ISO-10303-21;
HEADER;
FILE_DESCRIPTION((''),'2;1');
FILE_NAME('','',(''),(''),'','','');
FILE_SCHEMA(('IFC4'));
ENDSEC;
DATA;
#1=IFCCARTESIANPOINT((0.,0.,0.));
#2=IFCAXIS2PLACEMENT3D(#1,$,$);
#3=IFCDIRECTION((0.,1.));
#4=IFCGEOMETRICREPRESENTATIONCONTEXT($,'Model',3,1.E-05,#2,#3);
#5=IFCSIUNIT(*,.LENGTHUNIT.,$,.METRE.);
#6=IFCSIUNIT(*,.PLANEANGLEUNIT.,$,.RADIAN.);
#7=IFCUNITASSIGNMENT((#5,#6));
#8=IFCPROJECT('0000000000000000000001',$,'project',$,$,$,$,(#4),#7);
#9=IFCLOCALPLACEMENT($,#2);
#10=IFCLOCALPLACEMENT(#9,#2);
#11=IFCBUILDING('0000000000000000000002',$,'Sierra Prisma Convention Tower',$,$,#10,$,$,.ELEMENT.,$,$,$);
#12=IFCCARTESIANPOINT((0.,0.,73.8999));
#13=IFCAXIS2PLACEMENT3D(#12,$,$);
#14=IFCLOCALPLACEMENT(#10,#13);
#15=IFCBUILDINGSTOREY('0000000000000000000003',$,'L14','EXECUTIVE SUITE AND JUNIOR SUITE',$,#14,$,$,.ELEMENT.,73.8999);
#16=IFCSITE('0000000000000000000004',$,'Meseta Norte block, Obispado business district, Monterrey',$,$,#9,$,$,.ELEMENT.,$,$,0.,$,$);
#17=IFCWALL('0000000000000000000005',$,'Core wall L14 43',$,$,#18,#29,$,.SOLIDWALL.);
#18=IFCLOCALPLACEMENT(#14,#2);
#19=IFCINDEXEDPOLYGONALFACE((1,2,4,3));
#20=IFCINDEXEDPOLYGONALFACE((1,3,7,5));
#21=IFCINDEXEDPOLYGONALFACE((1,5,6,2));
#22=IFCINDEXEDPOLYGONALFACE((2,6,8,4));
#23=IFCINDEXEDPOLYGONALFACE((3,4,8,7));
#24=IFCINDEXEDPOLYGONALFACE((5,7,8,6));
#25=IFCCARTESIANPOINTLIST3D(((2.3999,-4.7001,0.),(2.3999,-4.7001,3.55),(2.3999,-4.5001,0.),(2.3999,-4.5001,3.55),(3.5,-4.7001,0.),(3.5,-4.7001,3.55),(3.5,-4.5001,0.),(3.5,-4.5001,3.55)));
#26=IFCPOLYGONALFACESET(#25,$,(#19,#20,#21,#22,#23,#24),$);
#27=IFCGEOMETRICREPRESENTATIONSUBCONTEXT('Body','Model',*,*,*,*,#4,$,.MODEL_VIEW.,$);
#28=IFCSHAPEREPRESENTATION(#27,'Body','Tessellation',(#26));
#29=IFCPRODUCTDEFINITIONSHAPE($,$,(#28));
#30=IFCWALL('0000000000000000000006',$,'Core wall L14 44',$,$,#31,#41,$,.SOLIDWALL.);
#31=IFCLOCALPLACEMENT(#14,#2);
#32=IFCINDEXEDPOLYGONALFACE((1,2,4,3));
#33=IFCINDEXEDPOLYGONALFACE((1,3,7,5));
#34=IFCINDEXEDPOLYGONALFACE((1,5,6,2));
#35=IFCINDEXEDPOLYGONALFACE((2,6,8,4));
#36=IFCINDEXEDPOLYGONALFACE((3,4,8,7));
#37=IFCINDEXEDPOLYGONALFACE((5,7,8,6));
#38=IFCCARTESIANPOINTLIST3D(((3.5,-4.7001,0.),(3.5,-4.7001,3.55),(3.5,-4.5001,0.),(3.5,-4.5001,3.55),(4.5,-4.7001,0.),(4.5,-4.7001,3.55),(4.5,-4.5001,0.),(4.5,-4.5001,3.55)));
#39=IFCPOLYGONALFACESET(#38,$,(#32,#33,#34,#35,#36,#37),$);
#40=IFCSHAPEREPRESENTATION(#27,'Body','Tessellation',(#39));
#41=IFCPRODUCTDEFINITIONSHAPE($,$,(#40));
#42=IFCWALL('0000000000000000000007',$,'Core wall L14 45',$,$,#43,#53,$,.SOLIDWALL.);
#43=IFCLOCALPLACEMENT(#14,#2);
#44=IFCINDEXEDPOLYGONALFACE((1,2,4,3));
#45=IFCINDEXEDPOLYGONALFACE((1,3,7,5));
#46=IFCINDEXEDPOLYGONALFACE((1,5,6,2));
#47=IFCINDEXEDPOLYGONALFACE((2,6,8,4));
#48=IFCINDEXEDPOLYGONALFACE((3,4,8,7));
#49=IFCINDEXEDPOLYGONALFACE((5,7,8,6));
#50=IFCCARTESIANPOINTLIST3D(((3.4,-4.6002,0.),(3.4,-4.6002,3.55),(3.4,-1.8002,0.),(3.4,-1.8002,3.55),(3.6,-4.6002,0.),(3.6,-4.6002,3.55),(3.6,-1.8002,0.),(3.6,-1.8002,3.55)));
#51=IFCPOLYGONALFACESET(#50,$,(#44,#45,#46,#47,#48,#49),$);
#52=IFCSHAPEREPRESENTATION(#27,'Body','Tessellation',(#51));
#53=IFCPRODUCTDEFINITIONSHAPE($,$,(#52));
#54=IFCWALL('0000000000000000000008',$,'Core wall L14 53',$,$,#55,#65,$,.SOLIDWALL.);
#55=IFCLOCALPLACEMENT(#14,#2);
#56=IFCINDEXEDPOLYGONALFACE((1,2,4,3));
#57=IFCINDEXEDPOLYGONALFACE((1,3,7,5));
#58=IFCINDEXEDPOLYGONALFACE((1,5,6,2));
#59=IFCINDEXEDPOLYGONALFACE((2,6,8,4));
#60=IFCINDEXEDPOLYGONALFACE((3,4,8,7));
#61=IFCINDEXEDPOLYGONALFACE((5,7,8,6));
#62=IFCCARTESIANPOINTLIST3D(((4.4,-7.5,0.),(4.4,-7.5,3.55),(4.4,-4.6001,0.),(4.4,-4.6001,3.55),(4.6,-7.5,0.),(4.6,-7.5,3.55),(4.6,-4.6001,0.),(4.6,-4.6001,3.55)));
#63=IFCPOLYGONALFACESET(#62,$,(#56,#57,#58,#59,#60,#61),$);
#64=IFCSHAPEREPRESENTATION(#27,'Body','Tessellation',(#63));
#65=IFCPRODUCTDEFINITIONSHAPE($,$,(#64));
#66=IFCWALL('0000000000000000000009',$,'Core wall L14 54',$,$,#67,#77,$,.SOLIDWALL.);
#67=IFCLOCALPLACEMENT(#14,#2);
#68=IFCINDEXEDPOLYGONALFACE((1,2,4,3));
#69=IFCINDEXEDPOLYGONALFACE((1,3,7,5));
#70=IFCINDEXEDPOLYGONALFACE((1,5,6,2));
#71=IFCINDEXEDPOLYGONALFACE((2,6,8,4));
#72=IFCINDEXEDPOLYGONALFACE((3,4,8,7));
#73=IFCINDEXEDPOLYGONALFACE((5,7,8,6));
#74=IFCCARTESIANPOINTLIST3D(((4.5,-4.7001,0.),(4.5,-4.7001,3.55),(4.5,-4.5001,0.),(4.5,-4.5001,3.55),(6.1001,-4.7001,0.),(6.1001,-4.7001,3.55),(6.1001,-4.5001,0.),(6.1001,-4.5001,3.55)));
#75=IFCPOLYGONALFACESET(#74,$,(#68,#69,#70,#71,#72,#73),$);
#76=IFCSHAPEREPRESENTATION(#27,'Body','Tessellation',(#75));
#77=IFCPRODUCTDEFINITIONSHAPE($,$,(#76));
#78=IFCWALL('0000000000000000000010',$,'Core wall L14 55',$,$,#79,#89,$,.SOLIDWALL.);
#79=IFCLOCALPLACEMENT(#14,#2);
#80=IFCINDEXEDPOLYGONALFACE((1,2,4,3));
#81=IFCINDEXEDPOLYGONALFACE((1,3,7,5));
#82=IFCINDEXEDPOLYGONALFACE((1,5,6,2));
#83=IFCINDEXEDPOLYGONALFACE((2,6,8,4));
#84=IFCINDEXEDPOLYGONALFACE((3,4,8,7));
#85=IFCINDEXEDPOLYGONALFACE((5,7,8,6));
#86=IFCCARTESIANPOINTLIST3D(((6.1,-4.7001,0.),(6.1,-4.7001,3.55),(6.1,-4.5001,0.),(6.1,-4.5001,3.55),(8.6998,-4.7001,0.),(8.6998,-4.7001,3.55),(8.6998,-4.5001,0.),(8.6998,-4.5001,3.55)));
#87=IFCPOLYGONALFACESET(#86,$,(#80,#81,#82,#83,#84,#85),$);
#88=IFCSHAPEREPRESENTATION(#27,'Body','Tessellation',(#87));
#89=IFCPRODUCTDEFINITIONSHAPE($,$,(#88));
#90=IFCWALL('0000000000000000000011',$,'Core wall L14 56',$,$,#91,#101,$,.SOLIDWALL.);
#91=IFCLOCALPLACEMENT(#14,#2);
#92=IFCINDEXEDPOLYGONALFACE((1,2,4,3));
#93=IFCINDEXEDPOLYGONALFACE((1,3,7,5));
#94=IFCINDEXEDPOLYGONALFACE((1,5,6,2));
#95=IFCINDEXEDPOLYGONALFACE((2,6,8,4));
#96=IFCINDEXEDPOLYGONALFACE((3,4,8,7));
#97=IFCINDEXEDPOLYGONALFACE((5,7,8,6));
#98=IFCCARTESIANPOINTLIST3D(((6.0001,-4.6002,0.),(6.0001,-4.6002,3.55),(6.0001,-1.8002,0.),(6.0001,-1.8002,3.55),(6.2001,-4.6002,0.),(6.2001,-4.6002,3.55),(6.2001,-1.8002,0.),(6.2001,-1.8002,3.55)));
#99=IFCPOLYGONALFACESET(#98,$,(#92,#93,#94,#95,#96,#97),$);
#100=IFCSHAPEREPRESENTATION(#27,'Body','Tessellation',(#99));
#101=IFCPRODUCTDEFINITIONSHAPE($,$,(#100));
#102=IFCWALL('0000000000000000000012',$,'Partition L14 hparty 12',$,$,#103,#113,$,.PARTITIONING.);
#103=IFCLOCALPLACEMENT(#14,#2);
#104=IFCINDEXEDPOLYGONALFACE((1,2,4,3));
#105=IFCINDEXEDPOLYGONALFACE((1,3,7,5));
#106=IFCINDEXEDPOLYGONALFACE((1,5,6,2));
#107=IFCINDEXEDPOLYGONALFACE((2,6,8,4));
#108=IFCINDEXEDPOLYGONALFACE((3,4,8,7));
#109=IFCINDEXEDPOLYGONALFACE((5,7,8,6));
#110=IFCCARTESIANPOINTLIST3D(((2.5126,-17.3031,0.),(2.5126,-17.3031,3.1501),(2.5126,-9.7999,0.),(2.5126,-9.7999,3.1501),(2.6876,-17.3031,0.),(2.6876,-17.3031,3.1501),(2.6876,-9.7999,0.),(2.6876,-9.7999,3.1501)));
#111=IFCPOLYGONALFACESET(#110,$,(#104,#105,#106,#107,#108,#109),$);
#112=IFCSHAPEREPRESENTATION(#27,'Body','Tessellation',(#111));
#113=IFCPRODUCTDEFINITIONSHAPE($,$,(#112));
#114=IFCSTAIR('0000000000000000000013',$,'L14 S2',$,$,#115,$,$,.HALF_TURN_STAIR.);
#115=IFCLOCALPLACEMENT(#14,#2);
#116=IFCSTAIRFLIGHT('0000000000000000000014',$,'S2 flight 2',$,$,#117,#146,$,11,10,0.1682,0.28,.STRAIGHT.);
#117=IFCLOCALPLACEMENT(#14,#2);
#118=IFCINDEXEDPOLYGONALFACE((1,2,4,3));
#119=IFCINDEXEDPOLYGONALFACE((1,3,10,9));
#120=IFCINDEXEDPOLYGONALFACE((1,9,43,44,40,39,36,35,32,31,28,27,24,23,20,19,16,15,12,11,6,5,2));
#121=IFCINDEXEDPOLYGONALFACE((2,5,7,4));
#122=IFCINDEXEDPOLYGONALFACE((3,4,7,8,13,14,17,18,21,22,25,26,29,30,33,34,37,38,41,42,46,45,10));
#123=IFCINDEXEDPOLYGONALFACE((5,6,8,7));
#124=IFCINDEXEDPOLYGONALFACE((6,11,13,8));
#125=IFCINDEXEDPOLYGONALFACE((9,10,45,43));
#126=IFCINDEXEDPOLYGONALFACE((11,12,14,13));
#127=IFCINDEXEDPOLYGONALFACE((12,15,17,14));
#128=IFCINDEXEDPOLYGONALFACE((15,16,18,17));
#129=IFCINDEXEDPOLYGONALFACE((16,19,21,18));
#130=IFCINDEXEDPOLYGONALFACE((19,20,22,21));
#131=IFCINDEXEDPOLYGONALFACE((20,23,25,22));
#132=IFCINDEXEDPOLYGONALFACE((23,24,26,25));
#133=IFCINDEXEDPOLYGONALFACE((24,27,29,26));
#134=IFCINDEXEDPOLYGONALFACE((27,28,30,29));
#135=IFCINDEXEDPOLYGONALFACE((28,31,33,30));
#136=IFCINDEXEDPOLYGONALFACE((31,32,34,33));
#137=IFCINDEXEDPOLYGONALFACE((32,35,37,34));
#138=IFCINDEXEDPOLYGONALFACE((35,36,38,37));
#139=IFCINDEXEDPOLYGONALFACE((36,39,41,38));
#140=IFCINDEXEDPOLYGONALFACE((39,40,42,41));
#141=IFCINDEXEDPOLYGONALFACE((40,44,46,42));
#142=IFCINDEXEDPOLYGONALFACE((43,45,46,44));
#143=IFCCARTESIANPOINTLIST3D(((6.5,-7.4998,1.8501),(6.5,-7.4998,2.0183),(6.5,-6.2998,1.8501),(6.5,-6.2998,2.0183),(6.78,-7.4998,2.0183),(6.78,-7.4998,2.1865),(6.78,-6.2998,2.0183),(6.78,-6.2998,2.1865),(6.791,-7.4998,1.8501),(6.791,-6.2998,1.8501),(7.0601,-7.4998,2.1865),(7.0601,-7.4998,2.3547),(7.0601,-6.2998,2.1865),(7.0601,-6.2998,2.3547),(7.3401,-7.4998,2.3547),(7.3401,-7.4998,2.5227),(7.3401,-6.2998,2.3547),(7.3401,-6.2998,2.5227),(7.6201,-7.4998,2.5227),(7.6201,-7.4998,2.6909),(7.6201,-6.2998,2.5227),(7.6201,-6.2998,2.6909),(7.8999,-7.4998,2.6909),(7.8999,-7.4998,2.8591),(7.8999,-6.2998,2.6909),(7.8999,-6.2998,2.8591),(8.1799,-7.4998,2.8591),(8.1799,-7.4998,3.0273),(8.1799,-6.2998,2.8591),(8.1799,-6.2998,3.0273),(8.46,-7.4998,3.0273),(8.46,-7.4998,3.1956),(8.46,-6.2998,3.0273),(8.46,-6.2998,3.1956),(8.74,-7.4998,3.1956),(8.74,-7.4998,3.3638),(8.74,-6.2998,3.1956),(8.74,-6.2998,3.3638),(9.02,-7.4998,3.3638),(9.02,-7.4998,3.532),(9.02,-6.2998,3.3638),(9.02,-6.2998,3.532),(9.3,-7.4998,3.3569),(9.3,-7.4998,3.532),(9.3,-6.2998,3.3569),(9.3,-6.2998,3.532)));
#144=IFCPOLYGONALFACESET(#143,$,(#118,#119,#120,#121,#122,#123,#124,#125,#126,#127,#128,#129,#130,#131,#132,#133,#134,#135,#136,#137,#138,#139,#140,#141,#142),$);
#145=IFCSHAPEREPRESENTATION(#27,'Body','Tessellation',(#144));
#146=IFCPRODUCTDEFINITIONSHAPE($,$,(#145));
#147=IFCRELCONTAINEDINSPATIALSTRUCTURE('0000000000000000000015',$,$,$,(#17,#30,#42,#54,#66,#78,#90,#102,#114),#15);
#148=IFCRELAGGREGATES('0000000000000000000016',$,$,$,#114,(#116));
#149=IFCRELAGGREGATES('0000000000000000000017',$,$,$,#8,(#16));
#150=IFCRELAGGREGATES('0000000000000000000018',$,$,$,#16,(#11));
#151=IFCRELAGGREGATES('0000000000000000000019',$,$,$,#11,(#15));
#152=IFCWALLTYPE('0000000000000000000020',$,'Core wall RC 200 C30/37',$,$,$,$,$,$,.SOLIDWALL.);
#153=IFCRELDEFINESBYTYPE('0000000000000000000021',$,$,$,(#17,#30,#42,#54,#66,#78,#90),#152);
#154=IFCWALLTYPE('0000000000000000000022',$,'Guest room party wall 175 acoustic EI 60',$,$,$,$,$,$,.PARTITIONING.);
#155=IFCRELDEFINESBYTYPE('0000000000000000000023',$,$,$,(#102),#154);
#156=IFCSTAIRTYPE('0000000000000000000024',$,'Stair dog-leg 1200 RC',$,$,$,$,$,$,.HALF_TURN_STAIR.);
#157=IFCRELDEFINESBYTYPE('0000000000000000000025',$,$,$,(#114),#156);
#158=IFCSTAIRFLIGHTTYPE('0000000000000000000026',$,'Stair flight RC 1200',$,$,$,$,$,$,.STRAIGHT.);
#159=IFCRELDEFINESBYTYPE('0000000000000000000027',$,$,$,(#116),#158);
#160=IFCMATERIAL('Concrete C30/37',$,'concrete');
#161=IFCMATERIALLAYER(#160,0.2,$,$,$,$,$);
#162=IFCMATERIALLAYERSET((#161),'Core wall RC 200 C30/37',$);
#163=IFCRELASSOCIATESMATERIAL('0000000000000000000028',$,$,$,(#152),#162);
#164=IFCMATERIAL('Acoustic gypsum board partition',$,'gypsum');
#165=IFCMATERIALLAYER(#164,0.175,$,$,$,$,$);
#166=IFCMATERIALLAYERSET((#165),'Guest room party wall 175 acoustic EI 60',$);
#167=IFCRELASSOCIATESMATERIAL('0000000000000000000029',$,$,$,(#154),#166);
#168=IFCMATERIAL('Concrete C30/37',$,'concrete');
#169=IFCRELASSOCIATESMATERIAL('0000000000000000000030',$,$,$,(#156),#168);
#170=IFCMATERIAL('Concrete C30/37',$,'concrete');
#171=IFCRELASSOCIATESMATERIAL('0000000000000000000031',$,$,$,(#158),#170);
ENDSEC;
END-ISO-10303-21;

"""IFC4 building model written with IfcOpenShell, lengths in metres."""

from ifc_helpers import new_model, si_unit, direction, frame, frame_2d, origin, place, context, subcontext, project, spatial, polyline, rectangle, outline, extrude, material, layer, layer_set, type_object, element, aggregate, save


model = new_model("IFC4")

# Units and contexts
model_context = context("Model", 3, precision=1e-05, world=origin(), true_north=direction((0.0, 1.0)))
body_context = subcontext(model_context, "Body", "Model", "MODEL_VIEW")
ifc_project = project(units=[si_unit("LENGTHUNIT", "METRE"), si_unit("PLANEANGLEUNIT", "RADIAN")], contexts=[model_context])

# Site, building, storey
site_placement = place(None, origin())
site = spatial("IfcSite", under=ifc_project, at=site_placement, Name="Meseta Norte block, Obispado business district, Monterrey", CompositionType="ELEMENT", RefElevation=0.0)
building_placement = place(site_placement, origin())
building = spatial("IfcBuilding", under=site, at=building_placement, Name="Sierra Prisma Convention Tower", CompositionType="ELEMENT")
storey_placement = place(building_placement, frame((0.0, 0.0, 73.8999)))
storey = spatial("IfcBuildingStorey", under=building, at=storey_placement, Name="L14", Description="EXECUTIVE SUITE AND JUNIOR SUITE", CompositionType="ELEMENT", Elevation=73.8999)

# Shared definitions
ifc_material_1 = material(Name="Concrete C30/37", Category="concrete")
ifc_layer_1 = layer(ifc_material_1, 0.2)
ifc_layer_set_1 = layer_set([ifc_layer_1], Name="Core wall RC 200 C30/37")
wall_type_1 = type_object("IfcWallType", Name="Core wall RC 200 C30/37", PredefinedType="SOLIDWALL", material=ifc_layer_set_1)

# Walls
wall_1_placement = place(storey_placement, frame((3.5, -4.6001, 0.0), z_axis=(0.0, 0.0, 1.0), x_axis=(-1.0, 0.0, 0.0)))
element("IfcWall", 1, at=wall_1_placement, inside=storey, type_object=wall_type_1, Name="Core wall L14 43", PredefinedType="SOLIDWALL", context=body_context, shape_type="SweptSolid", body=[
    extrude(rectangle(XDim=1.1001, YDim=0.2, at=frame_2d((0.55, 0.0))), origin(), (0.0, 0.0, 1.0), 3.55),
])
wall_2_placement = place(storey_placement, frame((4.5, -4.6001, 0.0), z_axis=(0.0, 0.0, 1.0), x_axis=(-1.0, 0.0, 0.0)))
element("IfcWall", 2, at=wall_2_placement, inside=storey, type_object=wall_type_1, Name="Core wall L14 44", PredefinedType="SOLIDWALL", context=body_context, shape_type="SweptSolid", body=[
    extrude(rectangle(XDim=1.0, YDim=0.2, at=frame_2d((0.5, 0.0))), origin(), (0.0, 0.0, 1.0), 3.55),
])
wall_3_placement = place(storey_placement, frame((3.5, -4.6001, 0.0), z_axis=(0.0, 0.0, 1.0), x_axis=(0.0, 1.0, 0.0)))
element("IfcWall", 3, at=wall_3_placement, inside=storey, type_object=wall_type_1, Name="Core wall L14 45", PredefinedType="SOLIDWALL", context=body_context, shape_type="SweptSolid", body=[
    extrude(rectangle(XDim=2.8, YDim=0.2, at=frame_2d((1.3999, 0.0))), origin(), (0.0, 0.0, 1.0), 3.55),
])

# Walls
wall_4_placement = place(storey_placement, frame((4.5, -7.5, 0.0), z_axis=(0.0, 0.0, 1.0), x_axis=(0.0, 1.0, 0.0)))
element("IfcWall", 4, at=wall_4_placement, inside=storey, type_object=wall_type_1, Name="Core wall L14 53", PredefinedType="SOLIDWALL", context=body_context, shape_type="SweptSolid", body=[
    extrude(rectangle(XDim=2.8999, YDim=0.2, at=frame_2d((1.45, 0.0))), origin(), (0.0, 0.0, 1.0), 3.55),
])
wall_5_placement = place(storey_placement, frame((4.5, -4.6001, 0.0), z_axis=(0.0, 0.0, 1.0), x_axis=(1.0, 0.0, 0.0)))
element("IfcWall", 5, at=wall_5_placement, inside=storey, type_object=wall_type_1, Name="Core wall L14 54", PredefinedType="SOLIDWALL", context=body_context, shape_type="SweptSolid", body=[
    extrude(rectangle(XDim=1.6001, YDim=0.2, at=frame_2d((0.8, 0.0))), origin(), (0.0, 0.0, 1.0), 3.55),
])
wall_6_placement = place(storey_placement, frame((6.1001, -4.6001, 0.0), z_axis=(0.0, 0.0, 1.0), x_axis=(1.0, 0.0, 0.0)))
element("IfcWall", 6, at=wall_6_placement, inside=storey, type_object=wall_type_1, Name="Core wall L14 55", PredefinedType="SOLIDWALL", context=body_context, shape_type="SweptSolid", body=[
    extrude(rectangle(XDim=2.5999, YDim=0.2, at=frame_2d((1.2998, 0.0))), origin(), (0.0, 0.0, 1.0), 3.55),
])
wall_7_placement = place(storey_placement, frame((6.1001, -4.6001, 0.0), z_axis=(0.0, 0.0, 1.0), x_axis=(0.0, 1.0, 0.0)))
element("IfcWall", 7, at=wall_7_placement, inside=storey, type_object=wall_type_1, Name="Core wall L14 56", PredefinedType="SOLIDWALL", context=body_context, shape_type="SweptSolid", body=[
    extrude(rectangle(XDim=2.8, YDim=0.2, at=frame_2d((1.3999, 0.0))), origin(), (0.0, 0.0, 1.0), 3.55),
])
ifc_material_2 = material(Name="Acoustic gypsum board partition", Category="gypsum")
ifc_layer_2 = layer(ifc_material_2, 0.175)
ifc_layer_set_2 = layer_set([ifc_layer_2], Name="Guest room party wall 175 acoustic EI 60")
wall_type_2 = type_object("IfcWallType", Name="Guest room party wall 175 acoustic EI 60", PredefinedType="PARTITIONING", material=ifc_layer_set_2)
wall_8_placement = place(storey_placement, frame((2.6001, -9.8, 0.0), z_axis=(0.0, 0.0, 1.0), x_axis=(0.0, -1.0, 0.0)))
element("IfcWall", 8, at=wall_8_placement, inside=storey, type_object=wall_type_2, Name="Partition L14 hparty 12", PredefinedType="PARTITIONING", context=body_context, shape_type="SweptSolid", body=[
    extrude(rectangle(XDim=7.5032, YDim=0.175, at=frame_2d((3.7515, 0.0))), origin(), (0.0, 0.0, 1.0), 3.1501),
])

# Stair, stair flight
ifc_material_3 = material(Name="Concrete C30/37", Category="concrete")
stair_type = type_object("IfcStairType", Name="Stair dog-leg 1200 RC", PredefinedType="HALF_TURN_STAIR", material=ifc_material_3)
stair_placement = place(storey_placement, origin())
stair = element("IfcStair", 9, at=stair_placement, inside=storey, type_object=stair_type, Name="L14 S2", PredefinedType="HALF_TURN_STAIR")
ifc_material_4 = material(Name="Concrete C30/37", Category="concrete")
stair_flight_type = type_object("IfcStairFlightType", Name="Stair flight RC 1200", PredefinedType="STRAIGHT", material=ifc_material_4)
stair_flight_placement = place(storey_placement, frame((6.5, -6.8999, 1.8501), z_axis=(0.0, 0.0, 1.0), x_axis=(1.0, 0.0, 0.0)))
stair_flight = element("IfcStairFlight", 10, at=stair_flight_placement, type_object=stair_flight_type, Name="S2 flight 2", NumberOfRisers=11, NumberOfTreads=10, PredefinedType="STRAIGHT", RiserHeight=0.1682, TreadLength=0.28, context=body_context, shape_type="SweptSolid", body=[
    extrude(outline(polyline([(0.0, 0.0), (0.0, 0.1682), (0.28, 0.1682), (0.28, 0.3364), (0.5601, 0.3364), (0.5601, 0.5046), (0.8401, 0.5046), (0.8401, 0.6726), (1.1201, 0.6726), (1.1201, 0.8408), (1.3999, 0.8408), (1.3999, 1.009), (1.6799, 1.009), (1.6799, 1.1772), (1.96, 1.1772), (1.96, 1.3455), (2.24, 1.3455), (2.24, 1.5137), (2.52, 1.5137), (2.52, 1.6819), (2.8, 1.6819), (2.8, 1.8501), (2.8, 1.5068), (0.291, 0.0), (0.0, 0.0)])), frame((0.0, 0.6001, 0.0), z_axis=(0.0, -1.0, 0.0), x_axis=(1.0, 0.0, 0.0)), (0.0, 0.0, 1.0), 1.2),
])
aggregate(stair, [stair_flight])

save(model, "model.ifc")
